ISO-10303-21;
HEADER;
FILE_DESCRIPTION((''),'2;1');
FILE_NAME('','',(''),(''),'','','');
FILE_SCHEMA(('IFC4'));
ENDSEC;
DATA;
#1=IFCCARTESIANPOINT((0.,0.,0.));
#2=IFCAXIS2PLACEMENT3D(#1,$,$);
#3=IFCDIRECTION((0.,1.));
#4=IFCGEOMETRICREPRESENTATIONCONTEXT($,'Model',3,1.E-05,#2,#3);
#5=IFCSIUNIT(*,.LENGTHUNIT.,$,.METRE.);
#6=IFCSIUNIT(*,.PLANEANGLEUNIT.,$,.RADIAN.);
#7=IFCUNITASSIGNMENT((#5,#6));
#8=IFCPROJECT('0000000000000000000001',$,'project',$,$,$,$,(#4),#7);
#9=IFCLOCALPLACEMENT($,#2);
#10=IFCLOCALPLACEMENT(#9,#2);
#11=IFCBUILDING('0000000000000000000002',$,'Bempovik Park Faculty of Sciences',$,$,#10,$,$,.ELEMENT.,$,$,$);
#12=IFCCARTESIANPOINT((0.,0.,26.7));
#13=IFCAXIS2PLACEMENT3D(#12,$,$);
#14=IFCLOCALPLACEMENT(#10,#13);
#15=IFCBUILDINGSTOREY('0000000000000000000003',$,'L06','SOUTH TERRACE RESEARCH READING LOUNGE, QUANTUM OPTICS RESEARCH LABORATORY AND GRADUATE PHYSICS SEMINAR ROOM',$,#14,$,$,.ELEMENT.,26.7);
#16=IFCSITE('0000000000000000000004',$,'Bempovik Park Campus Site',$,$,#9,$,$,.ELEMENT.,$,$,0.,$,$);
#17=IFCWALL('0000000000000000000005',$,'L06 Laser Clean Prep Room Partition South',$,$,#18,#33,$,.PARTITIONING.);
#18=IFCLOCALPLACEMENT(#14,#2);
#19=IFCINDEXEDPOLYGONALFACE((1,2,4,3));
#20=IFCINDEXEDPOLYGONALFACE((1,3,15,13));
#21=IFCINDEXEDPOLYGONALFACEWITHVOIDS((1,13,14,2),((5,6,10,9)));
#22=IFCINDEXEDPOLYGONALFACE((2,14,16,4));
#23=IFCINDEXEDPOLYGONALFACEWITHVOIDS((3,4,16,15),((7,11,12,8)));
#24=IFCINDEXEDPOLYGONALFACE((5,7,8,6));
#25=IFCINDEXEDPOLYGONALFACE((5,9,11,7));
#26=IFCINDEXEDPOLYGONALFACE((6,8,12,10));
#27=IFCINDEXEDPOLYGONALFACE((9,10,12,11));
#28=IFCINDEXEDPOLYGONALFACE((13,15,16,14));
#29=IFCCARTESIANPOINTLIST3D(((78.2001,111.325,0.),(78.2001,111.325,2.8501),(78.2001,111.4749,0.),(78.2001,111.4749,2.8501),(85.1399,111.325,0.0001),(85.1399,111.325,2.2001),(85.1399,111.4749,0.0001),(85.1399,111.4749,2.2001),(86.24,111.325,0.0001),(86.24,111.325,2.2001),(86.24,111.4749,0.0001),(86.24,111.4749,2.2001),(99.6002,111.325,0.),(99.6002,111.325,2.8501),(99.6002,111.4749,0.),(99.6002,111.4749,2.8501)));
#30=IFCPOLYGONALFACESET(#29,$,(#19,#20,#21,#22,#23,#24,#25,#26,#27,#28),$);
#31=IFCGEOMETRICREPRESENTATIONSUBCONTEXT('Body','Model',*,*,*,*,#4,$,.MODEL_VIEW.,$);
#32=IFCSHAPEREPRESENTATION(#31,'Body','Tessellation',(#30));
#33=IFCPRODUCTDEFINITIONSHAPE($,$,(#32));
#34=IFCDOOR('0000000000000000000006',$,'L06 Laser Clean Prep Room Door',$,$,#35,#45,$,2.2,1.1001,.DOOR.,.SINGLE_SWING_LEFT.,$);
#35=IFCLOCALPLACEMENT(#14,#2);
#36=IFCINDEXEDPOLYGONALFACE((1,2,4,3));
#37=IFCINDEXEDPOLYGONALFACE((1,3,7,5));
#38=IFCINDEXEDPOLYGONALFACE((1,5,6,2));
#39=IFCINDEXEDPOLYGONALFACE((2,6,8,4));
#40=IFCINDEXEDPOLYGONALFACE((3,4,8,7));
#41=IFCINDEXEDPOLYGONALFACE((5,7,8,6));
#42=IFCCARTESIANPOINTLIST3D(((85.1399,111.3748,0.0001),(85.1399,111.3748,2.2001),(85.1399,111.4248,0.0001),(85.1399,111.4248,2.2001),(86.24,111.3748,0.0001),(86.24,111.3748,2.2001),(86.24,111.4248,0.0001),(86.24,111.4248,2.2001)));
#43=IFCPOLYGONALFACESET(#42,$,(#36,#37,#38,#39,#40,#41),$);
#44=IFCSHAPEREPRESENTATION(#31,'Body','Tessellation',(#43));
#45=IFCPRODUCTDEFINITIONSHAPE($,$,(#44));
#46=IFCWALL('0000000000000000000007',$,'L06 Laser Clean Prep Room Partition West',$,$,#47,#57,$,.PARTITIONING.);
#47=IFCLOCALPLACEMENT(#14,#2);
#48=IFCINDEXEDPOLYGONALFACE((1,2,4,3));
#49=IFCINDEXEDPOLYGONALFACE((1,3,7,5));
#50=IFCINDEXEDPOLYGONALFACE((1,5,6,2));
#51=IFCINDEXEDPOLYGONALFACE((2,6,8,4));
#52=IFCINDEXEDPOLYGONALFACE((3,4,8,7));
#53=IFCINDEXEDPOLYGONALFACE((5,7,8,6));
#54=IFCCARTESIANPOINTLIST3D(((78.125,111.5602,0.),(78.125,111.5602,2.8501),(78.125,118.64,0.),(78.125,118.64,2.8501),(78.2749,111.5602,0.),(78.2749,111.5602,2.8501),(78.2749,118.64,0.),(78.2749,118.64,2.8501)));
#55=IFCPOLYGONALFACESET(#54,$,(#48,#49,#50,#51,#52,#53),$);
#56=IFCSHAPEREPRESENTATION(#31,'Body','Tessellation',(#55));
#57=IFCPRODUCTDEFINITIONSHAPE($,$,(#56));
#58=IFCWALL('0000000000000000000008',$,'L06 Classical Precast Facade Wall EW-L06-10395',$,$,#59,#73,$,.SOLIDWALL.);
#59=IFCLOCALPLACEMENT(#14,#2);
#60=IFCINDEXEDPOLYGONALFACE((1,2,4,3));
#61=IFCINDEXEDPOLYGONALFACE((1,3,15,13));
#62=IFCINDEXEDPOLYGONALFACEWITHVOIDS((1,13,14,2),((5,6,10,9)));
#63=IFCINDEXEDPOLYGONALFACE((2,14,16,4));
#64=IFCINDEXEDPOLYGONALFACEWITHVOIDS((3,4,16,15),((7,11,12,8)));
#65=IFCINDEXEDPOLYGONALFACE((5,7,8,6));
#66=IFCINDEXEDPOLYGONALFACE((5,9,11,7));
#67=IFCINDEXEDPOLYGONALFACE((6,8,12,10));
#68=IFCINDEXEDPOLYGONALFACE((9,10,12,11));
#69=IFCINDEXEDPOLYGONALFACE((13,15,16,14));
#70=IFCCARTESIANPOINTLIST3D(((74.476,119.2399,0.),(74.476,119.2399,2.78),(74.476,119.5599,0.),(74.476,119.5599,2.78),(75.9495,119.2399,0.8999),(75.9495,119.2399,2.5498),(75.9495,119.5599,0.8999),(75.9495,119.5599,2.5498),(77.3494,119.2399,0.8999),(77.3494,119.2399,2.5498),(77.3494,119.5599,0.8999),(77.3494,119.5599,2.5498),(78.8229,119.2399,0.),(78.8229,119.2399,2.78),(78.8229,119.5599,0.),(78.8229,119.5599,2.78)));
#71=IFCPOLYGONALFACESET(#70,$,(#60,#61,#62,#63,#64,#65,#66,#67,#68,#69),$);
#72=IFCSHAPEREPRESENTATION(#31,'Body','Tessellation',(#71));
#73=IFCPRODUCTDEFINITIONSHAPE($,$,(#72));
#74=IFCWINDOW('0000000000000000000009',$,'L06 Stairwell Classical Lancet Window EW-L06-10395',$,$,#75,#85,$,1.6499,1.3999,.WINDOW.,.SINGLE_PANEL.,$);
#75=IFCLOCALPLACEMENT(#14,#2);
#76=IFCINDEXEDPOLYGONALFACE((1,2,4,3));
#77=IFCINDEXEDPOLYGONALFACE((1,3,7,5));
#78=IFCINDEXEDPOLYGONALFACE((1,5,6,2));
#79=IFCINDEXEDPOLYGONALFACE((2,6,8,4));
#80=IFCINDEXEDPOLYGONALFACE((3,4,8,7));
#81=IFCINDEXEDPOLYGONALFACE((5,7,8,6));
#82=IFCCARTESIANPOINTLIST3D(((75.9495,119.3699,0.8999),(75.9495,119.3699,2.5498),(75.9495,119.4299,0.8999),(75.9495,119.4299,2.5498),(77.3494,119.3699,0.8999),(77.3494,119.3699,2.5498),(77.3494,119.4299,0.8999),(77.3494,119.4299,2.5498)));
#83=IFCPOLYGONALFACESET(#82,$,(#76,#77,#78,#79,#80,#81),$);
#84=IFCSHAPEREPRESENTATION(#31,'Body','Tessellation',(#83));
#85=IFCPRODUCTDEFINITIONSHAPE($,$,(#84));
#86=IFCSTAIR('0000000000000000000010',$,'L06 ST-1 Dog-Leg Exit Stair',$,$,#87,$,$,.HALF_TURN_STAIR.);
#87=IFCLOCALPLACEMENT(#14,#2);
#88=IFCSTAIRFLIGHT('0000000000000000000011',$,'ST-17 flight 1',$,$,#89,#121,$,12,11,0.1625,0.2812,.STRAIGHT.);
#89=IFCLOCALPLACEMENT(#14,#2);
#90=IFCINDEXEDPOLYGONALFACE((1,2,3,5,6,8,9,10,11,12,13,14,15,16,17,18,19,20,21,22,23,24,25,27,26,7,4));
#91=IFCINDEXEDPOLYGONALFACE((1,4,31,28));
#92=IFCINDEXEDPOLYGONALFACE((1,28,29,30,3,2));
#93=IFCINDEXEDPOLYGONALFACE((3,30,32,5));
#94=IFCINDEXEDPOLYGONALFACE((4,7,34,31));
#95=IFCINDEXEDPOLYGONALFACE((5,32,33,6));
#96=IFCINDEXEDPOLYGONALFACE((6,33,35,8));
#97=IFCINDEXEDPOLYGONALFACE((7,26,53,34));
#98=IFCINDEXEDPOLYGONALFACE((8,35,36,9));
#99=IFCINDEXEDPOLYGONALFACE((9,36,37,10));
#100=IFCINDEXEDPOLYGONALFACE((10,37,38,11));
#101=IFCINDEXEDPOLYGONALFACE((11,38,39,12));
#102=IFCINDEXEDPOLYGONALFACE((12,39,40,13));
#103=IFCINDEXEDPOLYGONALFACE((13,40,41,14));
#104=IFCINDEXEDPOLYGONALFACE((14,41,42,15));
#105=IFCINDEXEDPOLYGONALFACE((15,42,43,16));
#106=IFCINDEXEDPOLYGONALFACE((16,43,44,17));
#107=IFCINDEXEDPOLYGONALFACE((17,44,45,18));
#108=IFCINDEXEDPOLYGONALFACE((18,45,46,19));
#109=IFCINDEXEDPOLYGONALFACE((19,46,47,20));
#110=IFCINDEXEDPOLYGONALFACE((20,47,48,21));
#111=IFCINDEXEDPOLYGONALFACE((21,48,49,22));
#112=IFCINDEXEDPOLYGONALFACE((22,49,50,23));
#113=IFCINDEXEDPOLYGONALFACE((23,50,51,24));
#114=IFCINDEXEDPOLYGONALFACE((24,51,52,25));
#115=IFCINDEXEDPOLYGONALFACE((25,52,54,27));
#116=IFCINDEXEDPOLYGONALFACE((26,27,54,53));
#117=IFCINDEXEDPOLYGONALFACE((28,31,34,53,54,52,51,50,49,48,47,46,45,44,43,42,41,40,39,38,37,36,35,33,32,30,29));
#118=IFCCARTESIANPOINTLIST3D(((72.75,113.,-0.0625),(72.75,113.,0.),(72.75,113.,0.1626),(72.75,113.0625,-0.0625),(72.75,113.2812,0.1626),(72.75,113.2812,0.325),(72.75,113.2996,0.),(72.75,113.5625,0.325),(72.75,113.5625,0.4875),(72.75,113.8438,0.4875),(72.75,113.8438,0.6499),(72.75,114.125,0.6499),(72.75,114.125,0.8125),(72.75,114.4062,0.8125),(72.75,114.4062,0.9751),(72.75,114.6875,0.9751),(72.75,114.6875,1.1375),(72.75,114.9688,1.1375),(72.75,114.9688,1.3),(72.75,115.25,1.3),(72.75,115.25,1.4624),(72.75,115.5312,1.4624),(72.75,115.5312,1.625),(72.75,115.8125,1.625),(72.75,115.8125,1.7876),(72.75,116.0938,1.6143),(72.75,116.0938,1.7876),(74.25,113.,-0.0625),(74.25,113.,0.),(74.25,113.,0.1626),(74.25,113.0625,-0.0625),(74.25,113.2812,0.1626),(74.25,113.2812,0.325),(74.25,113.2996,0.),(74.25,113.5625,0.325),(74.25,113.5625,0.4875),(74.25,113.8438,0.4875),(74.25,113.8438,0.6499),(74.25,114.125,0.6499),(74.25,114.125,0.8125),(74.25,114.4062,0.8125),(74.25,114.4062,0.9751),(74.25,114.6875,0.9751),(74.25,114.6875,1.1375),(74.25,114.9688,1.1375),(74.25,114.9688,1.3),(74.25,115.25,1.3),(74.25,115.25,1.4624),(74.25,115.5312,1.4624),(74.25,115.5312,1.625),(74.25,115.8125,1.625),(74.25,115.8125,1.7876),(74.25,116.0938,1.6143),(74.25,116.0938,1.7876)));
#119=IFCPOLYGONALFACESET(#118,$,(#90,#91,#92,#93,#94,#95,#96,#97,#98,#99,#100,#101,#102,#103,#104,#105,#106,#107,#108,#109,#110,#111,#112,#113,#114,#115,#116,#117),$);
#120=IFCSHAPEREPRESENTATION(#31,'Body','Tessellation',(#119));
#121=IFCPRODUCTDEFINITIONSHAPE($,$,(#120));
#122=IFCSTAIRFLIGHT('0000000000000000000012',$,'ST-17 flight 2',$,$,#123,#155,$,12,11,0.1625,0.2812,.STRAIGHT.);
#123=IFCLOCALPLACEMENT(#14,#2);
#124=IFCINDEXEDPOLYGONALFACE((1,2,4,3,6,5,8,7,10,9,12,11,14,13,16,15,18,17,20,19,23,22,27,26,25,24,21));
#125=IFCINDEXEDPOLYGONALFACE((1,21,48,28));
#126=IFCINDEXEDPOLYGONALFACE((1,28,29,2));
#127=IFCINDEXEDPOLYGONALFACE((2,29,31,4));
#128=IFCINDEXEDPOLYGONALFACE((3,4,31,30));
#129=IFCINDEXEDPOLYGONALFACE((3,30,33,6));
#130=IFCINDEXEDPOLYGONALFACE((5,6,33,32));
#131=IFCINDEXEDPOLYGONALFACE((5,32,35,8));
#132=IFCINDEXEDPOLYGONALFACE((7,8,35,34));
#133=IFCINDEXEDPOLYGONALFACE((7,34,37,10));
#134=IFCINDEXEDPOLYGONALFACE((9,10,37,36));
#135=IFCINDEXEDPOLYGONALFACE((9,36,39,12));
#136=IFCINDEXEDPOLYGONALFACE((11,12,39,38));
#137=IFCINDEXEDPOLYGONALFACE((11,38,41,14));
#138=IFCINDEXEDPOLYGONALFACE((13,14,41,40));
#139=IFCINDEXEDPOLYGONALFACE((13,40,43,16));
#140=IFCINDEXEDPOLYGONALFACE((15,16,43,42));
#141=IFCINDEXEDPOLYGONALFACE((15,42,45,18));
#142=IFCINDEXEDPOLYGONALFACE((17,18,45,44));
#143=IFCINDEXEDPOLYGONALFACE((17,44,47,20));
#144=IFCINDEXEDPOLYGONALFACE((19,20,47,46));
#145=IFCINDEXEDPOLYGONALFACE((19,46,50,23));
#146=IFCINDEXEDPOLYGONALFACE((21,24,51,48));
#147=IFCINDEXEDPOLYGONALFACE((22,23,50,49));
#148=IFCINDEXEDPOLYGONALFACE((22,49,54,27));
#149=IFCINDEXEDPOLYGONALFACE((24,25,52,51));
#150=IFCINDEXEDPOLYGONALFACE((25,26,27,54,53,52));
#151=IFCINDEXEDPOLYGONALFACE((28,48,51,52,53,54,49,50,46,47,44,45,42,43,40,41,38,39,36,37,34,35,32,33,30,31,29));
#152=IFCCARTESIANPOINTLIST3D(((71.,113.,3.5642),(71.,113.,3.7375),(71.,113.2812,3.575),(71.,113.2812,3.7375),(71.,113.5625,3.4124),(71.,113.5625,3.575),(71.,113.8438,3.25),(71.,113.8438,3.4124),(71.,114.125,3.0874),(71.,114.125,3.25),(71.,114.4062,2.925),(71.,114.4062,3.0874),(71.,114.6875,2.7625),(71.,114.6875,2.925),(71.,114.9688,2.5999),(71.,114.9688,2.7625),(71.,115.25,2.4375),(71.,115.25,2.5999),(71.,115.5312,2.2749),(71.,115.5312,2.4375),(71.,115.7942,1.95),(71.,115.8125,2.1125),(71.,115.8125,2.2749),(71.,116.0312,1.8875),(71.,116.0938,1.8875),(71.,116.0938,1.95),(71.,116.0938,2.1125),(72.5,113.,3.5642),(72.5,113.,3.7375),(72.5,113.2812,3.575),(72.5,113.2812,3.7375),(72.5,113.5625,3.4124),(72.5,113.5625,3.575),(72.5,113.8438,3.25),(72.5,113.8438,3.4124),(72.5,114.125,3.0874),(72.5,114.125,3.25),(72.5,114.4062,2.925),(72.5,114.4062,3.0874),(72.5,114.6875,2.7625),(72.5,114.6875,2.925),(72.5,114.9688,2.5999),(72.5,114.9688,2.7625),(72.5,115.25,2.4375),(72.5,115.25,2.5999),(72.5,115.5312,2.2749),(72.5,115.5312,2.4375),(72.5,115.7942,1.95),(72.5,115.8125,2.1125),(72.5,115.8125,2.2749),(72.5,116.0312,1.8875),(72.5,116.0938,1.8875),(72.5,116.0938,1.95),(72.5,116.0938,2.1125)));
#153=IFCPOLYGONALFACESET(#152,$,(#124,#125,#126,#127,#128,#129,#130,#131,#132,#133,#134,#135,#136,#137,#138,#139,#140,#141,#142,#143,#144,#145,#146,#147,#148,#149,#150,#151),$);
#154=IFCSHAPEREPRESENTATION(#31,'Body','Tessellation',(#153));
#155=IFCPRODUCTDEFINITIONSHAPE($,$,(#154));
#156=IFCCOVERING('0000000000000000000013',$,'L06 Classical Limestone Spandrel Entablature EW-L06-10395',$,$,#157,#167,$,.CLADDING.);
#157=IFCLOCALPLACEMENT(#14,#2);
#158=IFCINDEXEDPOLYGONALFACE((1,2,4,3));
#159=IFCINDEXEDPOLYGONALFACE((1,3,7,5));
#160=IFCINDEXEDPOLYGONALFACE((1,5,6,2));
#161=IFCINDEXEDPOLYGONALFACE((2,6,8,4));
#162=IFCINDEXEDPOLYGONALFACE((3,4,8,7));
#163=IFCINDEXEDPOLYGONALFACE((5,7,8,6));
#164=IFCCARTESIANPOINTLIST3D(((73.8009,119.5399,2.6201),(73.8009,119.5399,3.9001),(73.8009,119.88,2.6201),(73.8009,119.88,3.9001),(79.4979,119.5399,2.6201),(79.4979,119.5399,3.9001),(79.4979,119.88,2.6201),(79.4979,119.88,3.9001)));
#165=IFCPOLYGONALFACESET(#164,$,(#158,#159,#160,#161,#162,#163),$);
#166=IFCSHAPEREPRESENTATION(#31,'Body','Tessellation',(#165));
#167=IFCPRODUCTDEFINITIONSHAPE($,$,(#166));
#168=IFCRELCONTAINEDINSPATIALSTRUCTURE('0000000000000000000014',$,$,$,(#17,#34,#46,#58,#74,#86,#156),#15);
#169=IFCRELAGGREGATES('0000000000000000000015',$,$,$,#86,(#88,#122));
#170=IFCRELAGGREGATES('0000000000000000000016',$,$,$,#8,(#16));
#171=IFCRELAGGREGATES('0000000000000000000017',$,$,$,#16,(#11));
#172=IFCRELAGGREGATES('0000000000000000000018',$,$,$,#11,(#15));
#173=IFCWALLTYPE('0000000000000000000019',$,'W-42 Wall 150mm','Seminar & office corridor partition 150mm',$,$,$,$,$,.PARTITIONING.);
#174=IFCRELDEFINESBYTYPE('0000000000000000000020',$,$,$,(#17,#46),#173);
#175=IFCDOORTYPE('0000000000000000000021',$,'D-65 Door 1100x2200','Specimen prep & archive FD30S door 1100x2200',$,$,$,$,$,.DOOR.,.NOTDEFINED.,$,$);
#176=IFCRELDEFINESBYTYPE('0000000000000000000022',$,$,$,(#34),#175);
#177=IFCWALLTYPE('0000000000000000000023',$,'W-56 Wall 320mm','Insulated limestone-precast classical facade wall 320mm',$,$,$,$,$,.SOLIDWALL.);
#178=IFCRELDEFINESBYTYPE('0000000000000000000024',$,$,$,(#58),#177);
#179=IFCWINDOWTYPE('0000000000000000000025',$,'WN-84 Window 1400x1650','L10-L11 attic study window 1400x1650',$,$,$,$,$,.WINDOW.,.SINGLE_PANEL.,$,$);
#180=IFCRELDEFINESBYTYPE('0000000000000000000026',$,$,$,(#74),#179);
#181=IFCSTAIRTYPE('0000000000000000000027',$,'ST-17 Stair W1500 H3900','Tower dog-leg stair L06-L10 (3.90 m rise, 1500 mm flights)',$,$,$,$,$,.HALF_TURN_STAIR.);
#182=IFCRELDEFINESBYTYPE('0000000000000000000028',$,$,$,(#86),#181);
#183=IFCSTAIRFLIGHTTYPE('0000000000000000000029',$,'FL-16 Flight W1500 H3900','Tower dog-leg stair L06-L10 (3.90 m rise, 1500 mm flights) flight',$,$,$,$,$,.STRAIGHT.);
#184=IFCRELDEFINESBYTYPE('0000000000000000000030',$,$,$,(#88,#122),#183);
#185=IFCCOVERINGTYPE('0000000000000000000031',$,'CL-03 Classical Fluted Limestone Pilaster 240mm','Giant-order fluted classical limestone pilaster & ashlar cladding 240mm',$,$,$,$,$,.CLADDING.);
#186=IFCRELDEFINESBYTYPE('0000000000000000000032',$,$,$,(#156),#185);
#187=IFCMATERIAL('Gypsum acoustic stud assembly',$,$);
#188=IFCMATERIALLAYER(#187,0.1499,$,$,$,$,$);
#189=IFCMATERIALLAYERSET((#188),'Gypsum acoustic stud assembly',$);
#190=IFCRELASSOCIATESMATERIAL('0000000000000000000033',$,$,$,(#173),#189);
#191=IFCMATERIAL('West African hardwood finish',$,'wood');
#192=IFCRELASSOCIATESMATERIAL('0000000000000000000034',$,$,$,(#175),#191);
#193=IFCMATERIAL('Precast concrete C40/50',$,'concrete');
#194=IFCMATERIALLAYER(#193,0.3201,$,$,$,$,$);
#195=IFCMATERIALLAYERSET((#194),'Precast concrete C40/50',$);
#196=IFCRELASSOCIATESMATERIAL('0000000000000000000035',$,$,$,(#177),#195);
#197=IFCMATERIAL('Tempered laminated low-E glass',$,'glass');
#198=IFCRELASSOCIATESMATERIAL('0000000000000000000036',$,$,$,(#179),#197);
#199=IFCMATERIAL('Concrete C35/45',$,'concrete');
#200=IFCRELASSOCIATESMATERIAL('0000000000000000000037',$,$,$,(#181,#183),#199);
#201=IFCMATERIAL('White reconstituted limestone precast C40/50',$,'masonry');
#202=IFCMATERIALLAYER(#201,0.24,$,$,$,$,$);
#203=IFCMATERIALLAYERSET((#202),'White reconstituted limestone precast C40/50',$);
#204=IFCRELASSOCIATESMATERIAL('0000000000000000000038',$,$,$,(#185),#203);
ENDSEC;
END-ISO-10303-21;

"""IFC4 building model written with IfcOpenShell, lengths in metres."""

from ifc_helpers import new_model, si_unit, direction, frame, frame_2d, origin, origin_2d, place, context, subcontext, project, spatial, polyline, rectangle, outline, extrude, material, layer, layer_set, type_object, element, fill, aggregate, save


model = new_model("IFC4")

# Units and contexts
model_context = context("Model", 3, precision=1e-05, world=origin(), true_north=direction((0.0, 1.0)))
body_context = subcontext(model_context, "Body", "Model", "MODEL_VIEW")
ifc_project = project(units=[si_unit("LENGTHUNIT", "METRE"), si_unit("PLANEANGLEUNIT", "RADIAN")], contexts=[model_context])

# Site, building, storey
site_placement = place(None, origin())
site = spatial("IfcSite", under=ifc_project, at=site_placement, Name="Bempovik Park Campus Site", CompositionType="ELEMENT", RefElevation=0.0)
building_placement = place(site_placement, origin())
building = spatial("IfcBuilding", under=site, at=building_placement, Name="Bempovik Park Faculty of Sciences", CompositionType="ELEMENT")
storey_placement = place(building_placement, frame((0.0, 0.0, 26.7)))
storey = spatial("IfcBuildingStorey", under=building, at=storey_placement, Name="L06", Description="SOUTH TERRACE RESEARCH READING LOUNGE, QUANTUM OPTICS RESEARCH LABORATORY AND GRADUATE PHYSICS SEMINAR ROOM", CompositionType="ELEMENT", Elevation=26.7)

# Shared definitions
ifc_material_1 = material(Name="Concrete C35/45", Category="concrete")

# Wall, opening, door
ifc_material_2 = material(Name="Gypsum acoustic stud assembly")
ifc_layer_1 = layer(ifc_material_2, 0.1499)
ifc_layer_set_1 = layer_set([ifc_layer_1], Name="Gypsum acoustic stud assembly")
wall_type_1 = type_object("IfcWallType", Name="W-42 Wall 150mm", Description="Seminar & office corridor partition 150mm", PredefinedType="PARTITIONING", material=ifc_layer_set_1)
wall_1_placement = place(storey_placement, frame((78.2, 111.3999, 0.0), z_axis=(0.0, 0.0, 1.0), x_axis=(1.0, 0.0, 0.0)))
wall_1 = element("IfcWall", 1, at=wall_1_placement, inside=storey, type_object=wall_type_1, Name="L06 Laser Clean Prep Room Partition South", PredefinedType="PARTITIONING", context=body_context, shape_type="SweptSolid", body=[
    extrude(rectangle(XDim=21.4001, YDim=0.1499, at=frame_2d((10.7002, 0.0))), origin(), (0.0, 0.0, 1.0), 2.8501),
])
opening_1_placement = place(wall_1_placement, frame((6.9399, 0.0, 0.0)))
opening_1 = element("IfcOpeningElement", 2, at=opening_1_placement, cuts=wall_1, PredefinedType="OPENING", context=body_context, shape_type="SweptSolid", body=[
    extrude(rectangle(XDim=1.1001, YDim=2.2, at=frame_2d((0.55, 1.1001))), frame((0.0, 0.085, 0.0), z_axis=(0.0, -1.0, 0.0), x_axis=(1.0, 0.0, 0.0)), (0.0, 0.0, 1.0), 0.1699),
])
ifc_material_3 = material(Name="West African hardwood finish", Category="wood")
door_type_1 = type_object("IfcDoorType", Name="D-65 Door 1100x2200", Description="Specimen prep & archive FD30S door 1100x2200", OperationType="NOTDEFINED", PredefinedType="DOOR", material=ifc_material_3)
door_1_placement = place(opening_1_placement, origin())
door_1 = element("IfcDoor", 3, at=door_1_placement, inside=storey, type_object=door_type_1, Name="L06 Laser Clean Prep Room Door", OperationType="SINGLE_SWING_LEFT", OverallHeight=2.2, OverallWidth=1.1001, PredefinedType="DOOR", context=body_context, shape_type="SweptSolid", body=[
    extrude(rectangle(XDim=1.1001, YDim=2.2, at=frame_2d((0.55, 1.1001))), frame((0.0, 0.0249, 0.0), z_axis=(0.0, -1.0, 0.0), x_axis=(1.0, 0.0, 0.0)), (0.0, 0.0, 1.0), 0.05),
])
fill(opening_1, door_1)

# Wall
wall_2_placement = place(storey_placement, frame((78.2, 111.5601, 0.0), z_axis=(0.0, 0.0, 1.0), x_axis=(0.0, 1.0, 0.0)))
element("IfcWall", 4, at=wall_2_placement, inside=storey, type_object=wall_type_1, Name="L06 Laser Clean Prep Room Partition West", PredefinedType="PARTITIONING", context=body_context, shape_type="SweptSolid", body=[
    extrude(rectangle(XDim=7.0798, YDim=0.1499, at=frame_2d((3.54, 0.0))), origin(), (0.0, 0.0, 1.0), 2.8501),
])

# Wall, opening, window
ifc_material_4 = material(Name="Precast concrete C40/50", Category="concrete")
ifc_layer_2 = layer(ifc_material_4, 0.3201)
ifc_layer_set_2 = layer_set([ifc_layer_2], Name="Precast concrete C40/50")
wall_type_2 = type_object("IfcWallType", Name="W-56 Wall 320mm", Description="Insulated limestone-precast classical facade wall 320mm", PredefinedType="SOLIDWALL", material=ifc_layer_set_2)
wall_3_placement = place(storey_placement, frame((74.4761, 119.3999, 0.0), z_axis=(0.0, 0.0, 1.0), x_axis=(1.0, 0.0, 0.0)))
wall_3 = element("IfcWall", 5, at=wall_3_placement, inside=storey, type_object=wall_type_2, Name="L06 Classical Precast Facade Wall EW-L06-10395", PredefinedType="SOLIDWALL", context=body_context, shape_type="SweptSolid", body=[
    extrude(rectangle(XDim=4.3469, YDim=0.3201, at=frame_2d((2.1733, 0.0))), origin(), (0.0, 0.0, 1.0), 2.78),
])
opening_2_placement = place(wall_3_placement, frame((1.4734, 0.0, 0.8999)))
opening_2 = element("IfcOpeningElement", 6, at=opening_2_placement, cuts=wall_3, PredefinedType="OPENING", context=body_context, shape_type="SweptSolid", body=[
    extrude(rectangle(XDim=1.3999, YDim=1.6499, at=frame_2d((0.7, 0.825))), frame((0.0, 0.1699, 0.0), z_axis=(0.0, -1.0, 0.0), x_axis=(1.0, 0.0, 0.0)), (0.0, 0.0, 1.0), 0.3401),
])
ifc_material_5 = material(Name="Tempered laminated low-E glass", Category="glass")
window_type = type_object("IfcWindowType", Name="WN-84 Window 1400x1650", Description="L10-L11 attic study window 1400x1650", PartitioningType="SINGLE_PANEL", PredefinedType="WINDOW", material=ifc_material_5)
window_placement = place(opening_2_placement, origin())
window = element("IfcWindow", 7, at=window_placement, inside=storey, type_object=window_type, Name="L06 Stairwell Classical Lancet Window EW-L06-10395", OverallHeight=1.6499, OverallWidth=1.3999, PartitioningType="SINGLE_PANEL", PredefinedType="WINDOW", context=body_context, shape_type="SweptSolid", body=[
    extrude(rectangle(XDim=1.3999, YDim=1.6499, at=frame_2d((0.7, 0.825))), frame((0.0, 0.03, 0.0), z_axis=(0.0, -1.0, 0.0), x_axis=(1.0, 0.0, 0.0)), (0.0, 0.0, 1.0), 0.0601),
])
fill(opening_2, window)

# Stair, stair flights
stair_type = type_object("IfcStairType", Name="ST-17 Stair W1500 H3900", Description="Tower dog-leg stair L06-L10 (3.90 m rise, 1500 mm flights)", PredefinedType="HALF_TURN_STAIR", material=ifc_material_1)
stair_placement = place(storey_placement, origin())
stair = element("IfcStair", 8, at=stair_placement, inside=storey, type_object=stair_type, Name="L06 ST-1 Dog-Leg Exit Stair", PredefinedType="HALF_TURN_STAIR")
stair_flight_type = type_object("IfcStairFlightType", Name="FL-16 Flight W1500 H3900", Description="Tower dog-leg stair L06-L10 (3.90 m rise, 1500 mm flights) flight", PredefinedType="STRAIGHT", material=ifc_material_1)
stair_flight_1_placement = place(storey_placement, frame((73.5, 113.0, 0.0), z_axis=(0.0, 0.0, 1.0), x_axis=(0.0, 1.0, 0.0)))
stair_flight_1 = element("IfcStairFlight", 9, at=stair_flight_1_placement, type_object=stair_flight_type, Name="ST-17 flight 1", NumberOfRisers=12, NumberOfTreads=11, PredefinedType="STRAIGHT", RiserHeight=0.1625, TreadLength=0.2812, context=body_context, shape_type="SweptSolid", body=[
    extrude(outline(polyline([(0.0, 0.0), (0.0, 0.1626), (0.2812, 0.1626), (0.2812, 0.325), (0.5625, 0.325), (0.5625, 0.4875), (0.8438, 0.4875), (0.8438, 0.6499), (1.125, 0.6499), (1.125, 0.8125), (1.4062, 0.8125), (1.4062, 0.9751), (1.6875, 0.9751), (1.6875, 1.1375), (1.9688, 1.1375), (1.9688, 1.3), (2.25, 1.3), (2.25, 1.4624), (2.5312, 1.4624), (2.5312, 1.625), (2.8125, 1.625), (2.8125, 1.7876), (3.0938, 1.7876), (3.0938, 1.95), (3.0938, 1.6143), (0.2996, 0.0), (0.0625, -0.0625), (0.0, -0.0625), (0.0, 0.0)])), frame((0.0, 0.75, 0.0), z_axis=(0.0, -1.0, 0.0), x_axis=(1.0, 0.0, 0.0)), (0.0, 0.0, 1.0), 1.5),
])
stair_flight_2_placement = place(storey_placement, frame((71.75, 116.0938, 1.95), z_axis=(0.0, 0.0, 1.0), x_axis=(0.0, -1.0, 0.0)))
stair_flight_2 = element("IfcStairFlight", 10, at=stair_flight_2_placement, type_object=stair_flight_type, Name="ST-17 flight 2", NumberOfRisers=12, NumberOfTreads=11, PredefinedType="STRAIGHT", RiserHeight=0.1625, TreadLength=0.2812, context=body_context, shape_type="SweptSolid", body=[
    extrude(outline(polyline([(0.0, 0.0), (0.0, 0.1626), (0.2812, 0.1626), (0.2812, 0.325), (0.5625, 0.325), (0.5625, 0.4875), (0.8438, 0.4875), (0.8438, 0.6499), (1.125, 0.6499), (1.125, 0.8125), (1.4062, 0.8125), (1.4062, 0.9751), (1.6875, 0.9751), (1.6875, 1.1375), (1.9688, 1.1375), (1.9688, 1.3), (2.25, 1.3), (2.25, 1.4624), (2.5312, 1.4624), (2.5312, 1.625), (2.8125, 1.625), (2.8125, 1.7876), (3.0938, 1.7876), (3.0938, 1.95), (3.0938, 1.6143), (0.2996, 0.0), (0.0625, -0.0625), (0.0, -0.0625), (0.0, 0.0)])), frame((0.0, 0.75, 0.0), z_axis=(0.0, -1.0, 0.0), x_axis=(1.0, 0.0, 0.0)), (0.0, 0.0, 1.0), 1.5),
])
aggregate(stair, [stair_flight_1, stair_flight_2])

# Covering
ifc_material_6 = material(Name="White reconstituted limestone precast C40/50", Category="masonry")
ifc_layer_3 = layer(ifc_material_6, 0.24)
ifc_layer_set_3 = layer_set([ifc_layer_3], Name="White reconstituted limestone precast C40/50")
covering_type = type_object("IfcCoveringType", Name="CL-03 Classical Fluted Limestone Pilaster 240mm", Description="Giant-order fluted classical limestone pilaster & ashlar cladding 240mm", PredefinedType="CLADDING", material=ifc_layer_set_3)
covering_placement = place(storey_placement, frame((76.6494, 119.71, 2.6201), z_axis=(0.0, 0.0, 1.0), x_axis=(1.0, 0.0, 0.0)))
element("IfcCovering", 11, at=covering_placement, inside=storey, type_object=covering_type, Name="L06 Classical Limestone Spandrel Entablature EW-L06-10395", PredefinedType="CLADDING", context=body_context, shape_type="SweptSolid", body=[
    extrude(rectangle(XDim=5.697, YDim=0.3401, at=origin_2d()), origin(), (0.0, 0.0, 1.0), 1.28),
])

save(model, "model.ifc")
